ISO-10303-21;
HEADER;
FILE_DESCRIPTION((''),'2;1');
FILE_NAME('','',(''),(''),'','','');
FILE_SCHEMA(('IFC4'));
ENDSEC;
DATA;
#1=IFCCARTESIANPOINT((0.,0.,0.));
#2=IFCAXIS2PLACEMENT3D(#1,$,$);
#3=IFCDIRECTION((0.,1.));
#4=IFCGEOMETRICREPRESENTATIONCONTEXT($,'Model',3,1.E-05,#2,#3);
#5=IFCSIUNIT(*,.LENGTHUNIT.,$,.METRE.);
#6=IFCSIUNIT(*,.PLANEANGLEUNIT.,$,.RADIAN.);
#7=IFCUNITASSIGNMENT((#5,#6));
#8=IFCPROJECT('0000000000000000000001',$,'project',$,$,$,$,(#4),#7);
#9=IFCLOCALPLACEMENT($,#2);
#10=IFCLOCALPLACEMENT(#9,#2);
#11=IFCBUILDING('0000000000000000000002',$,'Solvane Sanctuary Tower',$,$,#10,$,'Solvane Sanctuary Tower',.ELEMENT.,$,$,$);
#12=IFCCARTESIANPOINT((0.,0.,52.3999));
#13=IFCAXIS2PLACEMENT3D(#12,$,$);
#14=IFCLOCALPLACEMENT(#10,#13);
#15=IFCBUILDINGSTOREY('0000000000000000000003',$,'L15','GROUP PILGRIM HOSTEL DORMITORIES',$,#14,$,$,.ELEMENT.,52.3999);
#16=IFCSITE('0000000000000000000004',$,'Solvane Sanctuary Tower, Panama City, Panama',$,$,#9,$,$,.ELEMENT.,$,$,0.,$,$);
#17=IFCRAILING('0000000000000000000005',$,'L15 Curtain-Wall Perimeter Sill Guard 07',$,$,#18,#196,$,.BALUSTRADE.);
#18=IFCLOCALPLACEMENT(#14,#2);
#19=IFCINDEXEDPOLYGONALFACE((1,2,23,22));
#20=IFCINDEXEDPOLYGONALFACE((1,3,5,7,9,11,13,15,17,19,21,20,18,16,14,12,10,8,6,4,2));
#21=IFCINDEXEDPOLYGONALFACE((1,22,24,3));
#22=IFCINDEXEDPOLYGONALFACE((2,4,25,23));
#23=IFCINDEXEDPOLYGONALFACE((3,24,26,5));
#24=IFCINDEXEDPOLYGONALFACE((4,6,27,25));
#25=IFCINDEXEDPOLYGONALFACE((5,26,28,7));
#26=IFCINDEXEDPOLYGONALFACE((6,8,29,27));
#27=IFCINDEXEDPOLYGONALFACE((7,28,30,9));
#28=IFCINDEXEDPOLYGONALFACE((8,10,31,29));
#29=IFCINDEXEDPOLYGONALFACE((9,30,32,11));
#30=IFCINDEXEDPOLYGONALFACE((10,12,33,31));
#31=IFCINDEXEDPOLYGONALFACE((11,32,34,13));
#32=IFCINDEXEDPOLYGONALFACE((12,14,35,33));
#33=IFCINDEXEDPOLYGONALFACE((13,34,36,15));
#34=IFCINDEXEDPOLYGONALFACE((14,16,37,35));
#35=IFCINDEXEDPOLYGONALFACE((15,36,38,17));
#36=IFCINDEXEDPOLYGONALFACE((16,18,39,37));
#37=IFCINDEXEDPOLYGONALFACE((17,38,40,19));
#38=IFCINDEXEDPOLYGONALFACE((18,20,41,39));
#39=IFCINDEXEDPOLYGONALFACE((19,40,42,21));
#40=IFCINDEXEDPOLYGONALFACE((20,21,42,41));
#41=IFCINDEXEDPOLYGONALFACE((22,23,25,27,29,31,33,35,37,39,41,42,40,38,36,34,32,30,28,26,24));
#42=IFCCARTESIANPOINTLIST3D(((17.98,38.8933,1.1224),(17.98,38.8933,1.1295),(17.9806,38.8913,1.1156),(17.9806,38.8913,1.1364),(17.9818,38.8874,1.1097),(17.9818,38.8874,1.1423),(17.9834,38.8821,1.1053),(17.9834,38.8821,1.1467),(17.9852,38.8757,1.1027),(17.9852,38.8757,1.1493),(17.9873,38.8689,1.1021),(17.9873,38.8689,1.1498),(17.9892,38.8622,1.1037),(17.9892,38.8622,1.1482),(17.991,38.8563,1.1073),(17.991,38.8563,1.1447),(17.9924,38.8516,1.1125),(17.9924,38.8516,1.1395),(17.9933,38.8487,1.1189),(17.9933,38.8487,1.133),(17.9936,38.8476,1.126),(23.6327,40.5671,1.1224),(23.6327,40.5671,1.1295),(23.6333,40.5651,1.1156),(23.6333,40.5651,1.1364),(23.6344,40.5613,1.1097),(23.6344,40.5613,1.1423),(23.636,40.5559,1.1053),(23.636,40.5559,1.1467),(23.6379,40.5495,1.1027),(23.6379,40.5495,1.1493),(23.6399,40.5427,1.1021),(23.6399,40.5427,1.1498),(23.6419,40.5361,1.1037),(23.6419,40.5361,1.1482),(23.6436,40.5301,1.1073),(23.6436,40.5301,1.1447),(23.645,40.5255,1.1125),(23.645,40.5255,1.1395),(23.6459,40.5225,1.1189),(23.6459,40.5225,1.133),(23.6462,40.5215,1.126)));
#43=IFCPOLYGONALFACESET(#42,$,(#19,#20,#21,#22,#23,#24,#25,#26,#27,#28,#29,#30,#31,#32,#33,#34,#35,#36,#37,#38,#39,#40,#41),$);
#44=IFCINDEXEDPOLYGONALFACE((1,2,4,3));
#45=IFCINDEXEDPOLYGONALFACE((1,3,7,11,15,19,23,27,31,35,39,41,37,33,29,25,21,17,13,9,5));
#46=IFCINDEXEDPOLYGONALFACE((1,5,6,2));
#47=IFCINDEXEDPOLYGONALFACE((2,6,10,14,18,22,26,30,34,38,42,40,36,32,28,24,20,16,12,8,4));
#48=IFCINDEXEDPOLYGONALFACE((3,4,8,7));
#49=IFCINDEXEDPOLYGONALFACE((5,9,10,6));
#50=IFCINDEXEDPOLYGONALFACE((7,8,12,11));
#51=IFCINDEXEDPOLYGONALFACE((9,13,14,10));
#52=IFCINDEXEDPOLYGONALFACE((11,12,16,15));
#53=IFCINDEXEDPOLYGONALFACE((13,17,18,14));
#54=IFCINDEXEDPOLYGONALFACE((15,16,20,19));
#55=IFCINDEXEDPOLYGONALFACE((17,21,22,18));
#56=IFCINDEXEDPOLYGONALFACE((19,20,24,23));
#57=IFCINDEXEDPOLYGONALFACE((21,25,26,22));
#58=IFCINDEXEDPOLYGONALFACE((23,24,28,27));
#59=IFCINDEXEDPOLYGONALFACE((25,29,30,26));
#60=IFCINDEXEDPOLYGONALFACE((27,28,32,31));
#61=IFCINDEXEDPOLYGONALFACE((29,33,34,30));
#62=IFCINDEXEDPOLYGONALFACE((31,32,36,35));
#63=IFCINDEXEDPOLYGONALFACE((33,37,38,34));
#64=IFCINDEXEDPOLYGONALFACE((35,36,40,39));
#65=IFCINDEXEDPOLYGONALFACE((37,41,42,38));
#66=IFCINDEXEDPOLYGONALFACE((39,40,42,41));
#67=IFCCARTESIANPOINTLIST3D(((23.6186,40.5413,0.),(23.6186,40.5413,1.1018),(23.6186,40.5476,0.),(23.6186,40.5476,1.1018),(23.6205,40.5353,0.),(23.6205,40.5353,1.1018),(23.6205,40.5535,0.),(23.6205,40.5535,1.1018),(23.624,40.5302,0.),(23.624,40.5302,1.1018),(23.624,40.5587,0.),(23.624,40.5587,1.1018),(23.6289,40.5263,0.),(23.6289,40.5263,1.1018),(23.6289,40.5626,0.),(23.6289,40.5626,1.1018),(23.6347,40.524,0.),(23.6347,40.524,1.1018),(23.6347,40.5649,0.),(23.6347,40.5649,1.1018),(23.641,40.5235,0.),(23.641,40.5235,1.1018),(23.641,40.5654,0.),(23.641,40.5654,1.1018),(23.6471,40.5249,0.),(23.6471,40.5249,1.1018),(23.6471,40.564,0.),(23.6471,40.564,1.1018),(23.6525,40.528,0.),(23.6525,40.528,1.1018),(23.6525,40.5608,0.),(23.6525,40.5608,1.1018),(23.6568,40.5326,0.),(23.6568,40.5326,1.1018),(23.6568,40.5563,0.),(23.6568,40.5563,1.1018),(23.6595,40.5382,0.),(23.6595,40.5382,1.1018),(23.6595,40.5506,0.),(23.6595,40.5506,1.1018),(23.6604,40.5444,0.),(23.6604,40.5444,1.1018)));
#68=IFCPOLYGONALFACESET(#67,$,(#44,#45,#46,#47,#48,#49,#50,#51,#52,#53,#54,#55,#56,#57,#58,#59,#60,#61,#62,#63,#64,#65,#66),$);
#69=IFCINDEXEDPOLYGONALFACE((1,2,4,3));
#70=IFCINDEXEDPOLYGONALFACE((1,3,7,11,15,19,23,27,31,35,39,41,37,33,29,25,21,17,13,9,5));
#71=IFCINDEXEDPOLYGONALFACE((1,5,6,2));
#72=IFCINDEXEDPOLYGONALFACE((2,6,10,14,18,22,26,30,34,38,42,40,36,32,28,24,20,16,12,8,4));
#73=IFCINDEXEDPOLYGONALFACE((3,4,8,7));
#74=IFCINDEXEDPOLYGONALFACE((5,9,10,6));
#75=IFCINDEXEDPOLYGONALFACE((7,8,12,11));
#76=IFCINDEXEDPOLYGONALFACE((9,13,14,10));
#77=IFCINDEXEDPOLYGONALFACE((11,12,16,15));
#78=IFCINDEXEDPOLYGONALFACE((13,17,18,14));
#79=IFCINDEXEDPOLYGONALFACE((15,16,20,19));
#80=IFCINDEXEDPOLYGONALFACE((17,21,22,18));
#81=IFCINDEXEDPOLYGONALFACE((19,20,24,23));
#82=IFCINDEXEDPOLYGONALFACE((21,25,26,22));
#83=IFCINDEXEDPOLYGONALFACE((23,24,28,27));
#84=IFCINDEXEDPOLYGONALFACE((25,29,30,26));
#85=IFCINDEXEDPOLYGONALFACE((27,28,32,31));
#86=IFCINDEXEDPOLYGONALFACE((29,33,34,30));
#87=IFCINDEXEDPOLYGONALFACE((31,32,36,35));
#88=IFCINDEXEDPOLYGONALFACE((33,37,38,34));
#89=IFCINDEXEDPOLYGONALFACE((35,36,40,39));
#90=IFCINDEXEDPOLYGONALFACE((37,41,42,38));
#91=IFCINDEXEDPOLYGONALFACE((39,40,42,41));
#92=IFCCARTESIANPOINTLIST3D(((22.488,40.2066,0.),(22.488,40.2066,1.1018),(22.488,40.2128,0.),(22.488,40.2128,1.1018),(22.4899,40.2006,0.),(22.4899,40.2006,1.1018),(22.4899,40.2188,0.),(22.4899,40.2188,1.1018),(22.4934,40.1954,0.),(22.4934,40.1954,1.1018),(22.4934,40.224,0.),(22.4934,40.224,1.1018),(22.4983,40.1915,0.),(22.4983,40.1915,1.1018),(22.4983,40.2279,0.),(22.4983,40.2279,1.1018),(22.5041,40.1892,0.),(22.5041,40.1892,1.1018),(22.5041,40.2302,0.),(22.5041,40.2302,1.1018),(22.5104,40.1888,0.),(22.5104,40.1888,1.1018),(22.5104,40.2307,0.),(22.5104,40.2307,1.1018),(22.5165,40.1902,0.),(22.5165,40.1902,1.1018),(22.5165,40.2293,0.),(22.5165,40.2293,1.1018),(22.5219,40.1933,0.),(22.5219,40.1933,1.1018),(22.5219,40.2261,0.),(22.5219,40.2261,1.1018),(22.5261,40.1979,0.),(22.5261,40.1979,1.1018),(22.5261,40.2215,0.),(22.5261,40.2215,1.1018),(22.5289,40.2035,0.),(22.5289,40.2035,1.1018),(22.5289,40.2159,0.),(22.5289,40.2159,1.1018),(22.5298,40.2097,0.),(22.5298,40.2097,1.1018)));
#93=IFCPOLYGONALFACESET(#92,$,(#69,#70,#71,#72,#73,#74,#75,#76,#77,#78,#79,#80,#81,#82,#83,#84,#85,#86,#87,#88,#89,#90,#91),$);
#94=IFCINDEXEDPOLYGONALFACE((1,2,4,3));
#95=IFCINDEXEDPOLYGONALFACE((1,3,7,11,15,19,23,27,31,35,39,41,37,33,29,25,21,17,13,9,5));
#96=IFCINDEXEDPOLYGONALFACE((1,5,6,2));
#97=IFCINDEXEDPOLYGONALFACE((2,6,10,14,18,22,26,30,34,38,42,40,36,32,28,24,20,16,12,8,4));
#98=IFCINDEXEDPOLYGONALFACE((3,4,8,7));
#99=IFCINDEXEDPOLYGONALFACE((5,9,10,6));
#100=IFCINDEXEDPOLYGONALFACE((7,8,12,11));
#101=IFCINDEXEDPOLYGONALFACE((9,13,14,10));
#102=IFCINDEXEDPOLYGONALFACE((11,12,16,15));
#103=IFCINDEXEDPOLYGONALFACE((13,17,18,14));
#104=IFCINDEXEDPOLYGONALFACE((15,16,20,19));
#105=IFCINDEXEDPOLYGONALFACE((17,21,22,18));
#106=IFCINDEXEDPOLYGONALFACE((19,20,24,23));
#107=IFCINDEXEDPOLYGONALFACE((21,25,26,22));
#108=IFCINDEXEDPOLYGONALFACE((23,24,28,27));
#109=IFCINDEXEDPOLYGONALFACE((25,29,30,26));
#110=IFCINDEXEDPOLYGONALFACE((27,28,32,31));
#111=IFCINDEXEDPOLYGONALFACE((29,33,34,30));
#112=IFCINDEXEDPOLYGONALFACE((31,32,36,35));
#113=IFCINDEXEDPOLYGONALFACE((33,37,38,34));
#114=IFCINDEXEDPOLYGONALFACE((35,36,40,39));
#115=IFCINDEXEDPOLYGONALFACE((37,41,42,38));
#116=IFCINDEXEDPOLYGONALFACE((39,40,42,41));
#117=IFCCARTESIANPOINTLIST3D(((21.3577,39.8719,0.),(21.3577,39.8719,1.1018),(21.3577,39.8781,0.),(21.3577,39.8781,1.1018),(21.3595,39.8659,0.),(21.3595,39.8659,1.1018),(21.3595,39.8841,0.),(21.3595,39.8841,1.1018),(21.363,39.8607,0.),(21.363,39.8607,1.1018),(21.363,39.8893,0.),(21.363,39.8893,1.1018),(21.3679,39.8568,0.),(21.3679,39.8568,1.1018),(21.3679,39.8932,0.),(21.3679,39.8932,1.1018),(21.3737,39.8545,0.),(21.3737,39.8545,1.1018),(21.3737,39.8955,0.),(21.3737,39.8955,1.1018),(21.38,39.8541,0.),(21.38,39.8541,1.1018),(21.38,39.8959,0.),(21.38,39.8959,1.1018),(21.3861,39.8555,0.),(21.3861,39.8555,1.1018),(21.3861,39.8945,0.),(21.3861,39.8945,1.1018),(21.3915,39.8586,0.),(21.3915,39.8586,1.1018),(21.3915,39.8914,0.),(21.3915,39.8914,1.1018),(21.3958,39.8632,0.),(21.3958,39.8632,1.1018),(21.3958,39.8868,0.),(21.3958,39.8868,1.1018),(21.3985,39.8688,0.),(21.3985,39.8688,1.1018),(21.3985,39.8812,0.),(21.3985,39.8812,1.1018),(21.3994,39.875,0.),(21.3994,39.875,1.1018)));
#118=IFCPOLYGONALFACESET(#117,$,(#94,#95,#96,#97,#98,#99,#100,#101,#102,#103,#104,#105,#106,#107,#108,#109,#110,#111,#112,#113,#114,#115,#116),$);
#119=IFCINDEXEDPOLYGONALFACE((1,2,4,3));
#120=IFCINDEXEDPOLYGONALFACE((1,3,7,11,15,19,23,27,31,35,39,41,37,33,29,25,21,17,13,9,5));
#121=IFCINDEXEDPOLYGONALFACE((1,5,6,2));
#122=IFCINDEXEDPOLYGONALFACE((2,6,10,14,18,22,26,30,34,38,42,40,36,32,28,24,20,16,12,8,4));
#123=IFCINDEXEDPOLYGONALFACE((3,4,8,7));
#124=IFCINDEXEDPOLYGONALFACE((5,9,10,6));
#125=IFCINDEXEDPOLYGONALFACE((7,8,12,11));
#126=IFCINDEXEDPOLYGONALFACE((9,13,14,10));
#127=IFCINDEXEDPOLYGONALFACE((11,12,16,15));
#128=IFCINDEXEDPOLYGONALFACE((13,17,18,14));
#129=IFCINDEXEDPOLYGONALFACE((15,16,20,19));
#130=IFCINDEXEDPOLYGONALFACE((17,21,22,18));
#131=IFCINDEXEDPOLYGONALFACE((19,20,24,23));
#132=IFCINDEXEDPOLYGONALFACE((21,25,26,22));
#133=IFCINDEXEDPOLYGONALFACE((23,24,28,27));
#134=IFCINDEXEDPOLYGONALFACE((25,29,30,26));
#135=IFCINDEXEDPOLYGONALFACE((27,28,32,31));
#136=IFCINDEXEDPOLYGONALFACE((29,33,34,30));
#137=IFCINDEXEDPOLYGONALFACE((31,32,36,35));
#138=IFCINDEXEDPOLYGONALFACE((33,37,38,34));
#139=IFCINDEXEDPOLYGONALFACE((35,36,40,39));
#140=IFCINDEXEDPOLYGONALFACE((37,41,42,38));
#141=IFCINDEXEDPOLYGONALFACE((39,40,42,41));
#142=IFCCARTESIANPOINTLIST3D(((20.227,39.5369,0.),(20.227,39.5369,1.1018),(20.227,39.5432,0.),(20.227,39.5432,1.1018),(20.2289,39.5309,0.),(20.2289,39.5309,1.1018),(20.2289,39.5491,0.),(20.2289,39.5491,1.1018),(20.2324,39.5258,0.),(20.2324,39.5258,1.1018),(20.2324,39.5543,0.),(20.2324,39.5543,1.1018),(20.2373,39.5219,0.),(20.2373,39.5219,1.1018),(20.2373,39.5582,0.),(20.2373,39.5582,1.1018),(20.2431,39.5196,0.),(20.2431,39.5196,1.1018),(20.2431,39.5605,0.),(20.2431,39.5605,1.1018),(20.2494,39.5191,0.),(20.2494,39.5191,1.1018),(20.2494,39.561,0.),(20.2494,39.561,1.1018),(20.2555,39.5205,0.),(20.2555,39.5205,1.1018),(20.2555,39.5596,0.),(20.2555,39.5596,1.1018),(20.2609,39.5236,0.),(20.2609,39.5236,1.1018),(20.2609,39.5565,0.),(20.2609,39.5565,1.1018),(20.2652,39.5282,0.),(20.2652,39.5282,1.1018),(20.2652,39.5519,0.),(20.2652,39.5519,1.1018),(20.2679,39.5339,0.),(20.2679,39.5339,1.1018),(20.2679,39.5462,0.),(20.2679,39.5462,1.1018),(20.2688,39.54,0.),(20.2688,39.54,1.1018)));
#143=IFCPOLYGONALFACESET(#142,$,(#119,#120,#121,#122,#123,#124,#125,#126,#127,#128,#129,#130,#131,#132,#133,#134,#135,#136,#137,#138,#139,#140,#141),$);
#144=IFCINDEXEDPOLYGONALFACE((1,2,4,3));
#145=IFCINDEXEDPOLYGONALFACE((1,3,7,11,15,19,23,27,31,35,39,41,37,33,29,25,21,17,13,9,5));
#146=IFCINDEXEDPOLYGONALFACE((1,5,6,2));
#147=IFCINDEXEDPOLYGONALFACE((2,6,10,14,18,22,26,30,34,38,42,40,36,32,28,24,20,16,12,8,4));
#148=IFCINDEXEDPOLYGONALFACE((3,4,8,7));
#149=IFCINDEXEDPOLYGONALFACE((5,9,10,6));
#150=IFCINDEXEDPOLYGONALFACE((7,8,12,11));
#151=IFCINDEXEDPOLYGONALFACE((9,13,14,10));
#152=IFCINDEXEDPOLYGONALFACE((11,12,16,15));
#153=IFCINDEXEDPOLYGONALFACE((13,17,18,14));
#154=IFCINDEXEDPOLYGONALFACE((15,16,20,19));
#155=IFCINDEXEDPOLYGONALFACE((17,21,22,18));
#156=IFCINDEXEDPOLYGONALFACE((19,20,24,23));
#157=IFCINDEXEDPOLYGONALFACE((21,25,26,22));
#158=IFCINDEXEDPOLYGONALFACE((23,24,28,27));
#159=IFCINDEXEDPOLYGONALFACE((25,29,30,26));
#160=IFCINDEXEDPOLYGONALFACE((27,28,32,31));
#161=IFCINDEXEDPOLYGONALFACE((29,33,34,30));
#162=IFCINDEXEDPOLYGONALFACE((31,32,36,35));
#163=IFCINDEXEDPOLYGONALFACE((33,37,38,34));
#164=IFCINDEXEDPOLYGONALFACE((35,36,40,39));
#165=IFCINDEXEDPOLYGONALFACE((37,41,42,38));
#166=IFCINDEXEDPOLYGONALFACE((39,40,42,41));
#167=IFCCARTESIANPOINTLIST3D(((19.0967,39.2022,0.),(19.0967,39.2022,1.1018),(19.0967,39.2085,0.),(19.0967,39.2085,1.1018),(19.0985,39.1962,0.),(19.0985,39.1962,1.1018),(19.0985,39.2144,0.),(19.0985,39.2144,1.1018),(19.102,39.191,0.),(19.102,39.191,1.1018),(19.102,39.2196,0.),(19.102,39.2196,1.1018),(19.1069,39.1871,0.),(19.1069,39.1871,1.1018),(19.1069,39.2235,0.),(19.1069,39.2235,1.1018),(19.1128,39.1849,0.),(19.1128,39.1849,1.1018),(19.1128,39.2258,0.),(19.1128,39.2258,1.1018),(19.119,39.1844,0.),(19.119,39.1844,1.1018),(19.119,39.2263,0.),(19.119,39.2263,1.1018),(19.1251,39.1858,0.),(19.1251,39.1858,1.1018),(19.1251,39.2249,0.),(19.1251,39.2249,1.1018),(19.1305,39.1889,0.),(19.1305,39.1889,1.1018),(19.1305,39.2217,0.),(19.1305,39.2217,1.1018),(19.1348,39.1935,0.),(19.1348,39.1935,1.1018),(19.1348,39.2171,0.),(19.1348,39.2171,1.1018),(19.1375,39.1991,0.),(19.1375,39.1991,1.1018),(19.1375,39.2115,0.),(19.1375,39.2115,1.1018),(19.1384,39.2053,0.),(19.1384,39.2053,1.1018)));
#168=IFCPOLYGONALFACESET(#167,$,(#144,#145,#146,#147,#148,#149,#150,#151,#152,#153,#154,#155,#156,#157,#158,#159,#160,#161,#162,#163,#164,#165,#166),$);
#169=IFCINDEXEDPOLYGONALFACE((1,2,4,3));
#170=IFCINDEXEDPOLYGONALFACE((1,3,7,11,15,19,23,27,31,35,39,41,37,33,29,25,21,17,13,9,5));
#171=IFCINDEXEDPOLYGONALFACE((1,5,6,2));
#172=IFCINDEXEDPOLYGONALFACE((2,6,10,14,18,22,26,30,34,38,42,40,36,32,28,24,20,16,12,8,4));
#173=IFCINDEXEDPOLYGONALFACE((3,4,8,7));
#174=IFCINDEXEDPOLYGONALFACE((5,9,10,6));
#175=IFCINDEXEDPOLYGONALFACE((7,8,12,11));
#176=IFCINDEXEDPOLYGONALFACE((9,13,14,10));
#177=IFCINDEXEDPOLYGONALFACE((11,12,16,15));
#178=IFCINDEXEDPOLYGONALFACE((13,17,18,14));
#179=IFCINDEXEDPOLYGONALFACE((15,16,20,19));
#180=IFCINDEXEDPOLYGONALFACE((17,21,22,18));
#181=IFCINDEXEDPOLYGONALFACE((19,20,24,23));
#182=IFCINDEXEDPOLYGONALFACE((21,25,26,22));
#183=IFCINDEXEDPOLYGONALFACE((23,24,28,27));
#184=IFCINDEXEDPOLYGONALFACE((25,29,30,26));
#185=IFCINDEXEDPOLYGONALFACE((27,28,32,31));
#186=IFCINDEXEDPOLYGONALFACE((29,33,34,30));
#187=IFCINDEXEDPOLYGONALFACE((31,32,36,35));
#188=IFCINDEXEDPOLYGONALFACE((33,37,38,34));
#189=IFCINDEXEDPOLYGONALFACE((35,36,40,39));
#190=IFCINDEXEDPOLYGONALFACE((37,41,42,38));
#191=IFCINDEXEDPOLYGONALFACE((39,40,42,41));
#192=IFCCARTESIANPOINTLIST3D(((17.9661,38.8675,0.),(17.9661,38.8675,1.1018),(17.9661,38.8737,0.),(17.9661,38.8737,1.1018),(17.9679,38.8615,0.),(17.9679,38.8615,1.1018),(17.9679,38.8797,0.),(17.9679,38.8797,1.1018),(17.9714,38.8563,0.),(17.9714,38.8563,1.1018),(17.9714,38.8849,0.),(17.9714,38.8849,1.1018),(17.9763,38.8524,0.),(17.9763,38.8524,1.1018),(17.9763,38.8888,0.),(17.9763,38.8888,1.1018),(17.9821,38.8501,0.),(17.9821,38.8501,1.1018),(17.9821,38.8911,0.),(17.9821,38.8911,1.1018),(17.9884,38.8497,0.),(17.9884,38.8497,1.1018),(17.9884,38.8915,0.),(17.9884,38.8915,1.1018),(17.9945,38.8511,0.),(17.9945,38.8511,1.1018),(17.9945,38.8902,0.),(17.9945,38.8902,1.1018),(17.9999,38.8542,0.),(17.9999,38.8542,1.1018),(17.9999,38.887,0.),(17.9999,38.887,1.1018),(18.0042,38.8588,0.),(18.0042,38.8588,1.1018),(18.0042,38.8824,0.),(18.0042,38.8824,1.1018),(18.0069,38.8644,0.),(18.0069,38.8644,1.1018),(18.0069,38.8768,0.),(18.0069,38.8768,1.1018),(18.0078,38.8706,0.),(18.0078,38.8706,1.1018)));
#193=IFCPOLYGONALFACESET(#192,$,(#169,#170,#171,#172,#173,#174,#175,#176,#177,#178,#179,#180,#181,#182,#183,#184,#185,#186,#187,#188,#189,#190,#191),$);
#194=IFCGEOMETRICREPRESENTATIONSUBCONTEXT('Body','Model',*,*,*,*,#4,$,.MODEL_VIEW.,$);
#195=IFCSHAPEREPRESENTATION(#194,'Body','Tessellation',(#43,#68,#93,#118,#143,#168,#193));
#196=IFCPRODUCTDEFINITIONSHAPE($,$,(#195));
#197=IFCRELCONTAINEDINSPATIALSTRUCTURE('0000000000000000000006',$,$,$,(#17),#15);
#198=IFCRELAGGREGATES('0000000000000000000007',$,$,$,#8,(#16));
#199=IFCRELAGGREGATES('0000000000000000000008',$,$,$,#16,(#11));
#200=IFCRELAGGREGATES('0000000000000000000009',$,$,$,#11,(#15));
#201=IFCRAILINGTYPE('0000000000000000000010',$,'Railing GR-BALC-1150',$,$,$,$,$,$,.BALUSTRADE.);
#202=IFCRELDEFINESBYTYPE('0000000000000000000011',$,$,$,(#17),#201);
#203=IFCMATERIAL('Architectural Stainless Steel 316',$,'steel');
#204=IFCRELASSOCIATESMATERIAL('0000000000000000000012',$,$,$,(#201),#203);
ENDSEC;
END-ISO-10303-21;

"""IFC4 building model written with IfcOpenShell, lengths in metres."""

from ifc_helpers import new_model, si_unit, direction, frame, origin, origin_2d, place, context, subcontext, project, spatial, circle, extrude, material, type_object, element, save


model = new_model("IFC4")

# Units and contexts
model_context = context("Model", 3, precision=1e-05, world=origin(), true_north=direction((0.0, 1.0)))
body_context = subcontext(model_context, "Body", "Model", "MODEL_VIEW")
ifc_project = project(units=[si_unit("LENGTHUNIT", "METRE"), si_unit("PLANEANGLEUNIT", "RADIAN")], contexts=[model_context])

# Site, building, storey
site_placement = place(None, origin())
site = spatial("IfcSite", under=ifc_project, at=site_placement, Name="Solvane Sanctuary Tower, Panama City, Panama", CompositionType="ELEMENT", RefElevation=0.0)
building_placement = place(site_placement, origin())
building = spatial("IfcBuilding", under=site, at=building_placement, Name="Solvane Sanctuary Tower", LongName="Solvane Sanctuary Tower", CompositionType="ELEMENT")
storey_placement = place(building_placement, frame((0.0, 0.0, 52.3999)))
storey = spatial("IfcBuildingStorey", under=building, at=storey_placement, Name="L15", Description="GROUP PILGRIM HOSTEL DORMITORIES", CompositionType="ELEMENT", Elevation=52.3999)

# Railing
ifc_material_1 = material(Name="Architectural Stainless Steel 316", Category="steel")
railing_type = type_object("IfcRailingType", Name="Railing GR-BALC-1150", PredefinedType="BALUSTRADE", material=ifc_material_1)
railing_placement = place(storey_placement, frame((23.6394, 40.5444, 0.0)))
element("IfcRailing", 1, at=railing_placement, inside=storey, type_object=railing_type, Name="L15 Curtain-Wall Perimeter Sill Guard 07", PredefinedType="BALUSTRADE", context=body_context, shape_type="SweptSolid", body=[
    extrude(circle(Radius=0.0239, at=origin_2d()), frame((0.0, 0.0, 1.126), z_axis=(-0.958845, -0.28393, 0.0), x_axis=(0.28393, -0.958845, 0.0)), (0.0, 0.0, 1.0), 5.8953),
    extrude(circle(Radius=0.021, at=origin_2d()), origin(), (0.0, 0.0, 1.0), 1.1018),
    extrude(circle(Radius=0.021, at=origin_2d()), frame((-1.1306, -0.3347, 0.0)), (0.0, 0.0, 1.0), 1.1018),
    extrude(circle(Radius=0.021, at=origin_2d()), frame((-2.261, -0.6694, 0.0)), (0.0, 0.0, 1.0), 1.1018),
    extrude(circle(Radius=0.021, at=origin_2d()), frame((-3.3916, -1.0044, 0.0)), (0.0, 0.0, 1.0), 1.1018),
    extrude(circle(Radius=0.021, at=origin_2d()), frame((-4.522, -1.3391, 0.0)), (0.0, 0.0, 1.0), 1.1018),
    extrude(circle(Radius=0.021, at=origin_2d()), frame((-5.6526, -1.6738, 0.0)), (0.0, 0.0, 1.0), 1.1018),
])

save(model, "model.ifc")
